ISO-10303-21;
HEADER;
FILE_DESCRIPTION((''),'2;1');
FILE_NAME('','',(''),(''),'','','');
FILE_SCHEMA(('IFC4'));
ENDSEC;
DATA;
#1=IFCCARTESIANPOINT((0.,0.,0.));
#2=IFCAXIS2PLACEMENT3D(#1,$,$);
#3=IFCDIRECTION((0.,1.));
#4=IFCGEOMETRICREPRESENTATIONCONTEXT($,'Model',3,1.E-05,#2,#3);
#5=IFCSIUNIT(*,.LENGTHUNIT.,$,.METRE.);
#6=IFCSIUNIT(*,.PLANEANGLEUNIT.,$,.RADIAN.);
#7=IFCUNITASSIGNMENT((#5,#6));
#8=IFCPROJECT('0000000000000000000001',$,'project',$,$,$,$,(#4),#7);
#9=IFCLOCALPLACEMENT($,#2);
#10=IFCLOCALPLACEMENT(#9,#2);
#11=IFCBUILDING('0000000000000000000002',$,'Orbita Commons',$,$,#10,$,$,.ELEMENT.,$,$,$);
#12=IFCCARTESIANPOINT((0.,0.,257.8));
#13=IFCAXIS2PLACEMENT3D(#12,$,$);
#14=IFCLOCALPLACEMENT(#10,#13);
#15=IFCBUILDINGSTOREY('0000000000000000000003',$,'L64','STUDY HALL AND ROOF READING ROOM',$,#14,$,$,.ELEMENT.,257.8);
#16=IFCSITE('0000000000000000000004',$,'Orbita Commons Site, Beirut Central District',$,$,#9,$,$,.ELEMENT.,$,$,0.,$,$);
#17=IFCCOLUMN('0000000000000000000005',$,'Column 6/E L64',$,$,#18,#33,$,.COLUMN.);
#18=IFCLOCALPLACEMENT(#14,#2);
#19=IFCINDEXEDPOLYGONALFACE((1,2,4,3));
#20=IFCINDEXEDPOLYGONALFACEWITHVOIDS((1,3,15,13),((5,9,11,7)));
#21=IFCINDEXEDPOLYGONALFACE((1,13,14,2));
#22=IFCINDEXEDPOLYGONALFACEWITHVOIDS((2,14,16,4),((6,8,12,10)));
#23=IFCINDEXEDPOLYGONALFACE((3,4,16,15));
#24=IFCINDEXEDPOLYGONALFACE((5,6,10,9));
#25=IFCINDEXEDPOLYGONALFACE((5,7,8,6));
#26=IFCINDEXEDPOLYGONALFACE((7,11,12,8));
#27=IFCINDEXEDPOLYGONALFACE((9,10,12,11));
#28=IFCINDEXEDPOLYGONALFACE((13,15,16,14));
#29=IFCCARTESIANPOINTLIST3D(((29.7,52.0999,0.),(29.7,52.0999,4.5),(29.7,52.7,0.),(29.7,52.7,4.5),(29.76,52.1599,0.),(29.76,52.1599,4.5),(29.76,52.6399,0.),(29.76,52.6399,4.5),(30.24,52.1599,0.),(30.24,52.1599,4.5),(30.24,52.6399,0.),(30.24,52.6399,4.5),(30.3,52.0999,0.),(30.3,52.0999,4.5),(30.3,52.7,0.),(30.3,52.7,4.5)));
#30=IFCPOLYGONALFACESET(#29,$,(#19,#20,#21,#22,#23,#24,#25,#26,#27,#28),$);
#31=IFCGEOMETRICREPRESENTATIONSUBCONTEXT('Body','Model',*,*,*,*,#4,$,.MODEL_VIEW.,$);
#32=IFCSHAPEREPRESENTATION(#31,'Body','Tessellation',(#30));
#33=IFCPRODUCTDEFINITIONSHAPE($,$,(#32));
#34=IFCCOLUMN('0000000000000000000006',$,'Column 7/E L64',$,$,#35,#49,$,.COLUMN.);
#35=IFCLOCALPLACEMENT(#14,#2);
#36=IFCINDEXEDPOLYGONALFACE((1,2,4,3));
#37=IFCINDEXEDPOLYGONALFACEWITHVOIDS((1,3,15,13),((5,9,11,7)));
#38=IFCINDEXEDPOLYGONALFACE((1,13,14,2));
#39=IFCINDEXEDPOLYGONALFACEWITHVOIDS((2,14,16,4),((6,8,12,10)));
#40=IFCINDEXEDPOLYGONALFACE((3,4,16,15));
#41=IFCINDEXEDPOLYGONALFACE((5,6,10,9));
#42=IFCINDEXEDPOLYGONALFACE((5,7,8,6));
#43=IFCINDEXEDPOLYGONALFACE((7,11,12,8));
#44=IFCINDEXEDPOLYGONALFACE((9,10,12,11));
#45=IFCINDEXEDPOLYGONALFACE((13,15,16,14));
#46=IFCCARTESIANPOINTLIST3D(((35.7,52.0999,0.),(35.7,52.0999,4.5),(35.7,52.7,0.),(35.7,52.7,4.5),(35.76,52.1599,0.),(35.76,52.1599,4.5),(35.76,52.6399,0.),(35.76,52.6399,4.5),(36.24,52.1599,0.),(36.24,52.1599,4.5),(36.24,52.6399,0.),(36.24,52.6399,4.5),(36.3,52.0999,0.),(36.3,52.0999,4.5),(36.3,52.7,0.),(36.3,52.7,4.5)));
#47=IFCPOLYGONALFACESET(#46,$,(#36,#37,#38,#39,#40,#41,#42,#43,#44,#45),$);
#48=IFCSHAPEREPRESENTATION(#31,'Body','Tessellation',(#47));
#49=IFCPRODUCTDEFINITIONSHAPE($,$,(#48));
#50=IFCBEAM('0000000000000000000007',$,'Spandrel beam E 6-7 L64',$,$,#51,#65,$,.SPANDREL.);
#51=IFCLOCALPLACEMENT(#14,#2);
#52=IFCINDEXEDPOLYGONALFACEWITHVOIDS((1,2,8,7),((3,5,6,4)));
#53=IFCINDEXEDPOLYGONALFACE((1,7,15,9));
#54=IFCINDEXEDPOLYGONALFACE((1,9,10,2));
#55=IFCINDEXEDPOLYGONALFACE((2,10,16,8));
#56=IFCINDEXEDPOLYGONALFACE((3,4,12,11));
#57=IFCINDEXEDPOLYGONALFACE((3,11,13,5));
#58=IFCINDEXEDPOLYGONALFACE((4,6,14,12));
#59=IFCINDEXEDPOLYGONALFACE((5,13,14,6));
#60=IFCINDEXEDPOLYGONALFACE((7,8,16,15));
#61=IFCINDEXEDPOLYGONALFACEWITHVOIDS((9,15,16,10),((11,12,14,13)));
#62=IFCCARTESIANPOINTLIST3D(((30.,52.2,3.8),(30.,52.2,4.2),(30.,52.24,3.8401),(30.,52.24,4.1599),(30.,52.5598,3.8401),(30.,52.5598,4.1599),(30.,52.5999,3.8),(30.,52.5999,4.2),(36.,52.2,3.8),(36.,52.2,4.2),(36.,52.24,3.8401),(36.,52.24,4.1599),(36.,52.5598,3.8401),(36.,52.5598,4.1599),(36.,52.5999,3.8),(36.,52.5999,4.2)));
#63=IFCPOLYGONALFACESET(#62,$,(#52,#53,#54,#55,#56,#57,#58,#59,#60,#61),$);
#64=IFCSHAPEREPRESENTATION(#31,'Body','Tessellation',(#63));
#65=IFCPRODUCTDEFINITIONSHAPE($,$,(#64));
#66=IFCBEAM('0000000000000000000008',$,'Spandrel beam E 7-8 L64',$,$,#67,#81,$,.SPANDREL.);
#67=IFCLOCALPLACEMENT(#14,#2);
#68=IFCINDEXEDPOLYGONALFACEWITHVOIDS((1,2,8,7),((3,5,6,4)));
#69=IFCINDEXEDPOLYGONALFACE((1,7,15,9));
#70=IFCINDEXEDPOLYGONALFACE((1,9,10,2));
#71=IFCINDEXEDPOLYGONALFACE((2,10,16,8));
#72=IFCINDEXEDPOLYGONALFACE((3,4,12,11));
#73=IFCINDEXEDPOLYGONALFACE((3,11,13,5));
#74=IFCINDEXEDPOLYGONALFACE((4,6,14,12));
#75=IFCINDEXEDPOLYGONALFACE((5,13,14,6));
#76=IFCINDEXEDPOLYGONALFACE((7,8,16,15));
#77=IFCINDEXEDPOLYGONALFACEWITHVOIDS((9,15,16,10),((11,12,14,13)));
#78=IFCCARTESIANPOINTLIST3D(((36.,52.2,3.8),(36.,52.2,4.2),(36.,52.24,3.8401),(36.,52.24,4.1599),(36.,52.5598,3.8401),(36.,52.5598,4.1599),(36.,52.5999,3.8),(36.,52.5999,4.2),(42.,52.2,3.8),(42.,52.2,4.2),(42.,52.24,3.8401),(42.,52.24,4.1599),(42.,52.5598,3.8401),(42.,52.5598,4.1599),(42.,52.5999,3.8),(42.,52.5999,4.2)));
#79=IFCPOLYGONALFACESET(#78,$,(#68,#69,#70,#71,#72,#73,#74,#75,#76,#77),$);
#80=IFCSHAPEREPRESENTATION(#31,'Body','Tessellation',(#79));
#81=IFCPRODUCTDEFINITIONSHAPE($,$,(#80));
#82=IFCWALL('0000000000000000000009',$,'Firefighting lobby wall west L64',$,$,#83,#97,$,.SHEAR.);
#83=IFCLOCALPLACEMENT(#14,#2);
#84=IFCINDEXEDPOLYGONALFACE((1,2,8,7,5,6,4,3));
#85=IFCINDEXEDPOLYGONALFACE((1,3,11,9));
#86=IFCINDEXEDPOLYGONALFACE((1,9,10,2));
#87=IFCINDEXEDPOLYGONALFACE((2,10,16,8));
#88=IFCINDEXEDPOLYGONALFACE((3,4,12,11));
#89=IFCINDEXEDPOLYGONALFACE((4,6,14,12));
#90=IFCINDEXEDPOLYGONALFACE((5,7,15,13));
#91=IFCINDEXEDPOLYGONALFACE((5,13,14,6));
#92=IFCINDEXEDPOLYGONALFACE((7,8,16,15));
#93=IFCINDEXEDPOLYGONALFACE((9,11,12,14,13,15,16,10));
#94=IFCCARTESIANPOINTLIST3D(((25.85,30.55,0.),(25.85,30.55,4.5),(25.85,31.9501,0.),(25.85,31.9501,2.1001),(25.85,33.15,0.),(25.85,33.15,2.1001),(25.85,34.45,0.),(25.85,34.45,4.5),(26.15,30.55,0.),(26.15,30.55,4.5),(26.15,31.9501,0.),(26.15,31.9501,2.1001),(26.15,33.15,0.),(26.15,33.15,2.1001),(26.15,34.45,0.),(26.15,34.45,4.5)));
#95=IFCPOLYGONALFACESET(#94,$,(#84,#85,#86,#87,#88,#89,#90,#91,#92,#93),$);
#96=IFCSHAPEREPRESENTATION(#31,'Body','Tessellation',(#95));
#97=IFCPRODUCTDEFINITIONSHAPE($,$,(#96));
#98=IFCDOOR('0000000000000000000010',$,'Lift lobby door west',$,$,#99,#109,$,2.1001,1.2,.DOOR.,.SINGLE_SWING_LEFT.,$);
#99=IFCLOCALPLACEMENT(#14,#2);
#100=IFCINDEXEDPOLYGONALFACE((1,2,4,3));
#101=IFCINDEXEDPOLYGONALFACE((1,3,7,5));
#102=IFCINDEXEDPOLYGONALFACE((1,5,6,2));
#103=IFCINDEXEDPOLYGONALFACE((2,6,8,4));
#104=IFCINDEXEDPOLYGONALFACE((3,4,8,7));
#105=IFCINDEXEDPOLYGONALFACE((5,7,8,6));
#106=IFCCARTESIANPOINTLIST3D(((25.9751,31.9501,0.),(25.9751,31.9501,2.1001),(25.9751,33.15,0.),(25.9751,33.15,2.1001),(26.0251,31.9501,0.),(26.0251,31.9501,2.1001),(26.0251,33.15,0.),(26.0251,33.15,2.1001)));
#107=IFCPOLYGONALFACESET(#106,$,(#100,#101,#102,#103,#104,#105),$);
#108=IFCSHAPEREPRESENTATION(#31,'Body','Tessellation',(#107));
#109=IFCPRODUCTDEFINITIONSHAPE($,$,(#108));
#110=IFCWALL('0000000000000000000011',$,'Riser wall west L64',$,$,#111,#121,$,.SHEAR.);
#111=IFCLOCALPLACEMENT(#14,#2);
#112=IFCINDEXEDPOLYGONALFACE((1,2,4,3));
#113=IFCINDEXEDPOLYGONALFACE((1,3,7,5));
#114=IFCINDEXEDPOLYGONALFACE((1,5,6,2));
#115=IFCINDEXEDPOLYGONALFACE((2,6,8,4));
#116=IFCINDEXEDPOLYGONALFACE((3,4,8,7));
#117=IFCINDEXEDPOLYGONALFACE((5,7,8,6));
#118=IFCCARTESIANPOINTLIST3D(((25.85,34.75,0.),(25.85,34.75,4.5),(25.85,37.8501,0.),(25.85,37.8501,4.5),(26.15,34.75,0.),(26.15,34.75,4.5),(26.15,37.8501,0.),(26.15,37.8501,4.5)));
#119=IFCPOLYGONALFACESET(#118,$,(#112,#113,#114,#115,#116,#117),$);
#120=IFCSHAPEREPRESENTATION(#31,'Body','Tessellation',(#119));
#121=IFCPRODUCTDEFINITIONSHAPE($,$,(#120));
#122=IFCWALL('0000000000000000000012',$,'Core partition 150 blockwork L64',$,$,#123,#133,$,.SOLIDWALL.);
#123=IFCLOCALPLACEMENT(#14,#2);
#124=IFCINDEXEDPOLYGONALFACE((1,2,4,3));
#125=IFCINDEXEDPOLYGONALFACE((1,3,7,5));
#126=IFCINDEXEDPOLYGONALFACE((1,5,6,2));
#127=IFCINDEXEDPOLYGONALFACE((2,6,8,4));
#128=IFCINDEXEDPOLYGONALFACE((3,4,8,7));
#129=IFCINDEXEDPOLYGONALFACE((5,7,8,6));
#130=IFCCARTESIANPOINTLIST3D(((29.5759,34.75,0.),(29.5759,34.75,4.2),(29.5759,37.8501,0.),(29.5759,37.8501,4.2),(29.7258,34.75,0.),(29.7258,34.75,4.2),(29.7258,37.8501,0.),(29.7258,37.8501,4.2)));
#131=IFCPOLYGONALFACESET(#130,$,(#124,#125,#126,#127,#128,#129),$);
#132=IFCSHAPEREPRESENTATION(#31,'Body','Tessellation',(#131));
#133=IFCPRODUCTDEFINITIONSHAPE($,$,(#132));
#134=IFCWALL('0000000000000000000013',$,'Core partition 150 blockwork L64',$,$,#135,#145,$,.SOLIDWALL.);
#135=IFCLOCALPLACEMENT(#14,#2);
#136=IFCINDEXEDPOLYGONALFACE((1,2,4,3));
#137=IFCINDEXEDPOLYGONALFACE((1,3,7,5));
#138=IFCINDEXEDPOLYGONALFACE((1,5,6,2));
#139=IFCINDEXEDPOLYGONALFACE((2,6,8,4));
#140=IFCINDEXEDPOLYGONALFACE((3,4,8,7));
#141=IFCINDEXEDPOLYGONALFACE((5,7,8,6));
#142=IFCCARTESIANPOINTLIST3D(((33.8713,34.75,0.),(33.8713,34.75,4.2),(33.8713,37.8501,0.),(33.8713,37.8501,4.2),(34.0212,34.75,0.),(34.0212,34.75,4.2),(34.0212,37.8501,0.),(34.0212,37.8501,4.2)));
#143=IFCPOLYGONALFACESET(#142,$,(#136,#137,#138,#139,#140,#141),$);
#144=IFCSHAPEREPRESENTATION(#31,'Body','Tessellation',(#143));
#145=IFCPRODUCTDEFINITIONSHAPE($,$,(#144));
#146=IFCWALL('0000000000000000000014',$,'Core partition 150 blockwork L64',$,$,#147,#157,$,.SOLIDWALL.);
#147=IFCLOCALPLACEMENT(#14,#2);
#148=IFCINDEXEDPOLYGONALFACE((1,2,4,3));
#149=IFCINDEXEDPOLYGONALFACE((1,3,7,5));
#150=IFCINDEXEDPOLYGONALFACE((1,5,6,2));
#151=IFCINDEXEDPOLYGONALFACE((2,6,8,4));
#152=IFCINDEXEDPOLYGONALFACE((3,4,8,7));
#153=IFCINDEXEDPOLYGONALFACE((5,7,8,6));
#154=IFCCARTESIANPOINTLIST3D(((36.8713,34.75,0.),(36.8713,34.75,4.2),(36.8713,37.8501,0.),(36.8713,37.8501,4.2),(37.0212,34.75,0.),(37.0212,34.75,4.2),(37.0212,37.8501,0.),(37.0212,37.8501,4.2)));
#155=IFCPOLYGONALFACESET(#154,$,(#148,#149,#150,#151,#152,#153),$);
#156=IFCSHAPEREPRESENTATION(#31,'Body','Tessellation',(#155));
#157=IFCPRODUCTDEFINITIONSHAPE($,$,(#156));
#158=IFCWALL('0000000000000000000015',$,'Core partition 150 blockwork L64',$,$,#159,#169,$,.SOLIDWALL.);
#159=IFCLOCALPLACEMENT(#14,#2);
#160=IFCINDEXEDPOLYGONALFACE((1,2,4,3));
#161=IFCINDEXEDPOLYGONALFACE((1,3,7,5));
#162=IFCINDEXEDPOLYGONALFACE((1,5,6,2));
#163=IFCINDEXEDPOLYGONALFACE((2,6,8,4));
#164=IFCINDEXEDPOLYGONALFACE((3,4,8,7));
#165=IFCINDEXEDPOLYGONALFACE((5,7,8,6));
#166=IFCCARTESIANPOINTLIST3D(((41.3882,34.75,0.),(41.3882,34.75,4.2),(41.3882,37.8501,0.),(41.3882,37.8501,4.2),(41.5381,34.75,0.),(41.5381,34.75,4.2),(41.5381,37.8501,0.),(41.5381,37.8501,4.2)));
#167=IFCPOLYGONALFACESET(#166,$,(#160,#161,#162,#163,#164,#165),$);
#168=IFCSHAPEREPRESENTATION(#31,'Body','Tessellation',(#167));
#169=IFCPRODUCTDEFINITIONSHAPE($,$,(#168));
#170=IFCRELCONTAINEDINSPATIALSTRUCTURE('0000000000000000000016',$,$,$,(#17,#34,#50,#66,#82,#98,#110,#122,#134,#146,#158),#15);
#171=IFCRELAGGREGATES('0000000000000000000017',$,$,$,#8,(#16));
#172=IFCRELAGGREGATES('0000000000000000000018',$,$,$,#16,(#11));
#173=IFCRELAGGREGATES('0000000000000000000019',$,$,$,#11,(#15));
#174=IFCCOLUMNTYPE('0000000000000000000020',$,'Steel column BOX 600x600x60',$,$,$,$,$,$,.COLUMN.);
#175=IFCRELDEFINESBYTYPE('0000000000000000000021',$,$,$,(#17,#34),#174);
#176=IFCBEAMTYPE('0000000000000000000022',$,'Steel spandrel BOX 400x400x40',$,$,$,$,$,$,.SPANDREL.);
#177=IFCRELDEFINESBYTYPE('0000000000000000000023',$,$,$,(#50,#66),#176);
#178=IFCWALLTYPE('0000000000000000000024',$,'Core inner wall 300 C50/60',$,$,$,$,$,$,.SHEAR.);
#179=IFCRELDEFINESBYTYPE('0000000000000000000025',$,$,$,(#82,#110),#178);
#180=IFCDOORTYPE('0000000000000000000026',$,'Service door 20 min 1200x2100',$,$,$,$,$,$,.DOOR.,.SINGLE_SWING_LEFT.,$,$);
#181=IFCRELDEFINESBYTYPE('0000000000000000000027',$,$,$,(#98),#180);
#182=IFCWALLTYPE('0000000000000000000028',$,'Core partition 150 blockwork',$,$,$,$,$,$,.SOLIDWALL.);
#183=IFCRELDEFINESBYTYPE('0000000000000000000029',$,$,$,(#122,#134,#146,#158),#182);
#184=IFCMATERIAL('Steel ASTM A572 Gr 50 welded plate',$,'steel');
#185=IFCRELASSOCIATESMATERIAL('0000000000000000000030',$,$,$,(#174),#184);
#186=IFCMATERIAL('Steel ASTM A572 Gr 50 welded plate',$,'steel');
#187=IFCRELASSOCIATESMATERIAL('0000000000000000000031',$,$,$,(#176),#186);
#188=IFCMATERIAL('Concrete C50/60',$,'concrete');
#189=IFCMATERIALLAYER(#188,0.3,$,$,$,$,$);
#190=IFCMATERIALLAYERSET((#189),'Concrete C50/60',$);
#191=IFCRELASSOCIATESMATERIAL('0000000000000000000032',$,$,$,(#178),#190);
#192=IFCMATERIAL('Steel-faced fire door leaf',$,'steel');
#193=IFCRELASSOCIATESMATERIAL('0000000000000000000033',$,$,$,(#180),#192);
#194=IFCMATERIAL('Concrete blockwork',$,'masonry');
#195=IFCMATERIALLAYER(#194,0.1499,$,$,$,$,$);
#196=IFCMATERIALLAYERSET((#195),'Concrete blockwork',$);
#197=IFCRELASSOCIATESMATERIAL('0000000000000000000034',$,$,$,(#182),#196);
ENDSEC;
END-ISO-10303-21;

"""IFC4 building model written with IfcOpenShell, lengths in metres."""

from ifc_helpers import new_model, si_unit, direction, frame, frame_2d, origin, origin_2d, place, context, subcontext, project, spatial, rectangle, hollow_rectangle, extrude, material, layer, layer_set, material_profile, profile_set, type_object, element, fill, save


model = new_model("IFC4")

# Units and contexts
model_context = context("Model", 3, precision=1e-05, world=origin(), true_north=direction((0.0, 1.0)))
body_context = subcontext(model_context, "Body", "Model", "MODEL_VIEW")
ifc_project = project(units=[si_unit("LENGTHUNIT", "METRE"), si_unit("PLANEANGLEUNIT", "RADIAN")], contexts=[model_context])

# Site, building, storey
site_placement = place(None, origin())
site = spatial("IfcSite", under=ifc_project, at=site_placement, Name="Orbita Commons Site, Beirut Central District", CompositionType="ELEMENT", RefElevation=0.0)
building_placement = place(site_placement, origin())
building = spatial("IfcBuilding", under=site, at=building_placement, Name="Orbita Commons", CompositionType="ELEMENT")
storey_placement = place(building_placement, frame((0.0, 0.0, 257.8)))
storey = spatial("IfcBuildingStorey", under=building, at=storey_placement, Name="L64", Description="STUDY HALL AND ROOF READING ROOM", CompositionType="ELEMENT", Elevation=257.8)

# Columns
ifc_material_1 = material(Name="Steel ASTM A572 Gr 50 welded plate", Category="steel")
ifc_material_profile_1 = material_profile(ifc_material_1, hollow_rectangle(XDim=0.6001, YDim=0.6001, WallThickness=0.0601, at=origin_2d()), Name="BOX 600x600x60")
ifc_profile_set_1 = profile_set([ifc_material_profile_1], Name="Steel ASTM A572 Gr 50 welded plate")
column_type = type_object("IfcColumnType", Name="Steel column BOX 600x600x60", PredefinedType="COLUMN", material=ifc_profile_set_1)
for number, where, z_axis, x_axis, name in (
    (1, (30.0, 52.3999, 0.0), (0.0, 0.0, 1.0), (1.0, 0.0, 0.0), "Column 6/E L64"),
    (2, (36.0, 52.3999, 0.0), (0.0, 0.0, 1.0), (1.0, 0.0, 0.0), "Column 7/E L64"),
):
    element("IfcColumn", number, at=place(storey_placement, frame(where, z_axis=z_axis, x_axis=x_axis)), inside=storey, type_object=column_type, Name=name, PredefinedType="COLUMN", context=body_context, shape_type="SweptSolid", body=[
        extrude(hollow_rectangle(XDim=0.6001, YDim=0.6001, WallThickness=0.0601, at=origin_2d()), origin(), (0.0, 0.0, 1.0), 4.5),
    ])

# Beams
ifc_material_2 = material(Name="Steel ASTM A572 Gr 50 welded plate", Category="steel")
ifc_material_profile_2 = material_profile(ifc_material_2, hollow_rectangle(XDim=0.3999, YDim=0.3999, WallThickness=0.04, at=origin_2d()), Name="BOX 400x400x40")
ifc_profile_set_2 = profile_set([ifc_material_profile_2], Name="Steel ASTM A572 Gr 50 welded plate")
beam_type = type_object("IfcBeamType", Name="Steel spandrel BOX 400x400x40", PredefinedType="SPANDREL", material=ifc_profile_set_2)
for number, where, z_axis, x_axis, name in (
    (3, (30.0, 52.3999, 4.0), (1.0, 0.0, 0.0), (0.0, 1.0, 0.0), "Spandrel beam E 6-7 L64"),
    (4, (36.0, 52.3999, 4.0), (1.0, 0.0, 0.0), (0.0, 1.0, 0.0), "Spandrel beam E 7-8 L64"),
):
    element("IfcBeam", number, at=place(storey_placement, frame(where, z_axis=z_axis, x_axis=x_axis)), inside=storey, type_object=beam_type, Name=name, PredefinedType="SPANDREL", context=body_context, shape_type="SweptSolid", body=[
        extrude(hollow_rectangle(XDim=0.3999, YDim=0.3999, WallThickness=0.04, at=origin_2d()), origin(), (0.0, 0.0, 1.0), 6.0),
    ])

# Wall, opening, door
ifc_material_3 = material(Name="Concrete C50/60", Category="concrete")
ifc_layer_1 = layer(ifc_material_3, 0.3)
ifc_layer_set_1 = layer_set([ifc_layer_1], Name="Concrete C50/60")
wall_type_1 = type_object("IfcWallType", Name="Core inner wall 300 C50/60", PredefinedType="SHEAR", material=ifc_layer_set_1)
wall_1_placement = place(storey_placement, frame((26.0, 30.55, 0.0), z_axis=(0.0, 0.0, 1.0), x_axis=(0.0, 1.0, 0.0)))
wall_1 = element("IfcWall", 5, at=wall_1_placement, inside=storey, type_object=wall_type_1, Name="Firefighting lobby wall west L64", PredefinedType="SHEAR", context=body_context, shape_type="SweptSolid", body=[
    extrude(rectangle(XDim=3.8999, YDim=0.3, at=frame_2d((1.95, 0.0))), origin(), (0.0, 0.0, 1.0), 4.5),
])
opening_1_placement = place(wall_1_placement, frame((1.3999, 0.0, 0.0)))
opening_1 = element("IfcOpeningElement", 6, at=opening_1_placement, cuts=wall_1, PredefinedType="OPENING", context=body_context, shape_type="SweptSolid", body=[
    extrude(rectangle(XDim=1.2, YDim=2.1001, at=frame_2d((0.6001, 1.05))), frame((0.0, 0.1599, 0.0), z_axis=(0.0, -1.0, 0.0), x_axis=(1.0, 0.0, 0.0)), (0.0, 0.0, 1.0), 0.3201),
])
ifc_material_4 = material(Name="Steel-faced fire door leaf", Category="steel")
door_type_1 = type_object("IfcDoorType", Name="Service door 20 min 1200x2100", OperationType="SINGLE_SWING_LEFT", PredefinedType="DOOR", material=ifc_material_4)
door_1_placement = place(opening_1_placement, origin())
door_1 = element("IfcDoor", 7, at=door_1_placement, inside=storey, type_object=door_type_1, Name="Lift lobby door west", OperationType="SINGLE_SWING_LEFT", OverallHeight=2.1001, OverallWidth=1.2, PredefinedType="DOOR", context=body_context, shape_type="SweptSolid", body=[
    extrude(rectangle(XDim=1.2, YDim=2.1001, at=frame_2d((0.6001, 1.05))), frame((0.0, 0.0249, 0.0), z_axis=(0.0, -1.0, 0.0), x_axis=(1.0, 0.0, 0.0)), (0.0, 0.0, 1.0), 0.05),
])
fill(opening_1, door_1)

# Walls
wall_2_placement = place(storey_placement, frame((26.0, 34.75, 0.0), z_axis=(0.0, 0.0, 1.0), x_axis=(0.0, 1.0, 0.0)))
element("IfcWall", 8, at=wall_2_placement, inside=storey, type_object=wall_type_1, Name="Riser wall west L64", PredefinedType="SHEAR", context=body_context, shape_type="SweptSolid", body=[
    extrude(rectangle(XDim=3.1001, YDim=0.3, at=frame_2d((1.55, 0.0))), origin(), (0.0, 0.0, 1.0), 4.5),
])
ifc_material_5 = material(Name="Concrete blockwork", Category="masonry")
ifc_layer_2 = layer(ifc_material_5, 0.1499)
ifc_layer_set_2 = layer_set([ifc_layer_2], Name="Concrete blockwork")
wall_type_2 = type_object("IfcWallType", Name="Core partition 150 blockwork", PredefinedType="SOLIDWALL", material=ifc_layer_set_2)
for number, where, z_axis, x_axis, name in (
    (9, (29.6509, 34.75, 0.0), (0.0, 0.0, 1.0), (0.0, 1.0, 0.0), "Core partition 150 blockwork L64"),
    (10, (33.9463, 34.75, 0.0), (0.0, 0.0, 1.0), (0.0, 1.0, 0.0), "Core partition 150 blockwork L64"),
    (11, (36.9463, 34.75, 0.0), (0.0, 0.0, 1.0), (0.0, 1.0, 0.0), "Core partition 150 blockwork L64"),
    (12, (41.4631, 34.75, 0.0), (0.0, 0.0, 1.0), (0.0, 1.0, 0.0), "Core partition 150 blockwork L64"),
):
    element("IfcWall", number, at=place(storey_placement, frame(where, z_axis=z_axis, x_axis=x_axis)), inside=storey, type_object=wall_type_2, Name=name, PredefinedType="SOLIDWALL", context=body_context, shape_type="SweptSolid", body=[
        extrude(rectangle(XDim=3.1001, YDim=0.1499, at=frame_2d((1.55, 0.0))), origin(), (0.0, 0.0, 1.0), 4.2),
    ])

save(model, "model.ifc")
